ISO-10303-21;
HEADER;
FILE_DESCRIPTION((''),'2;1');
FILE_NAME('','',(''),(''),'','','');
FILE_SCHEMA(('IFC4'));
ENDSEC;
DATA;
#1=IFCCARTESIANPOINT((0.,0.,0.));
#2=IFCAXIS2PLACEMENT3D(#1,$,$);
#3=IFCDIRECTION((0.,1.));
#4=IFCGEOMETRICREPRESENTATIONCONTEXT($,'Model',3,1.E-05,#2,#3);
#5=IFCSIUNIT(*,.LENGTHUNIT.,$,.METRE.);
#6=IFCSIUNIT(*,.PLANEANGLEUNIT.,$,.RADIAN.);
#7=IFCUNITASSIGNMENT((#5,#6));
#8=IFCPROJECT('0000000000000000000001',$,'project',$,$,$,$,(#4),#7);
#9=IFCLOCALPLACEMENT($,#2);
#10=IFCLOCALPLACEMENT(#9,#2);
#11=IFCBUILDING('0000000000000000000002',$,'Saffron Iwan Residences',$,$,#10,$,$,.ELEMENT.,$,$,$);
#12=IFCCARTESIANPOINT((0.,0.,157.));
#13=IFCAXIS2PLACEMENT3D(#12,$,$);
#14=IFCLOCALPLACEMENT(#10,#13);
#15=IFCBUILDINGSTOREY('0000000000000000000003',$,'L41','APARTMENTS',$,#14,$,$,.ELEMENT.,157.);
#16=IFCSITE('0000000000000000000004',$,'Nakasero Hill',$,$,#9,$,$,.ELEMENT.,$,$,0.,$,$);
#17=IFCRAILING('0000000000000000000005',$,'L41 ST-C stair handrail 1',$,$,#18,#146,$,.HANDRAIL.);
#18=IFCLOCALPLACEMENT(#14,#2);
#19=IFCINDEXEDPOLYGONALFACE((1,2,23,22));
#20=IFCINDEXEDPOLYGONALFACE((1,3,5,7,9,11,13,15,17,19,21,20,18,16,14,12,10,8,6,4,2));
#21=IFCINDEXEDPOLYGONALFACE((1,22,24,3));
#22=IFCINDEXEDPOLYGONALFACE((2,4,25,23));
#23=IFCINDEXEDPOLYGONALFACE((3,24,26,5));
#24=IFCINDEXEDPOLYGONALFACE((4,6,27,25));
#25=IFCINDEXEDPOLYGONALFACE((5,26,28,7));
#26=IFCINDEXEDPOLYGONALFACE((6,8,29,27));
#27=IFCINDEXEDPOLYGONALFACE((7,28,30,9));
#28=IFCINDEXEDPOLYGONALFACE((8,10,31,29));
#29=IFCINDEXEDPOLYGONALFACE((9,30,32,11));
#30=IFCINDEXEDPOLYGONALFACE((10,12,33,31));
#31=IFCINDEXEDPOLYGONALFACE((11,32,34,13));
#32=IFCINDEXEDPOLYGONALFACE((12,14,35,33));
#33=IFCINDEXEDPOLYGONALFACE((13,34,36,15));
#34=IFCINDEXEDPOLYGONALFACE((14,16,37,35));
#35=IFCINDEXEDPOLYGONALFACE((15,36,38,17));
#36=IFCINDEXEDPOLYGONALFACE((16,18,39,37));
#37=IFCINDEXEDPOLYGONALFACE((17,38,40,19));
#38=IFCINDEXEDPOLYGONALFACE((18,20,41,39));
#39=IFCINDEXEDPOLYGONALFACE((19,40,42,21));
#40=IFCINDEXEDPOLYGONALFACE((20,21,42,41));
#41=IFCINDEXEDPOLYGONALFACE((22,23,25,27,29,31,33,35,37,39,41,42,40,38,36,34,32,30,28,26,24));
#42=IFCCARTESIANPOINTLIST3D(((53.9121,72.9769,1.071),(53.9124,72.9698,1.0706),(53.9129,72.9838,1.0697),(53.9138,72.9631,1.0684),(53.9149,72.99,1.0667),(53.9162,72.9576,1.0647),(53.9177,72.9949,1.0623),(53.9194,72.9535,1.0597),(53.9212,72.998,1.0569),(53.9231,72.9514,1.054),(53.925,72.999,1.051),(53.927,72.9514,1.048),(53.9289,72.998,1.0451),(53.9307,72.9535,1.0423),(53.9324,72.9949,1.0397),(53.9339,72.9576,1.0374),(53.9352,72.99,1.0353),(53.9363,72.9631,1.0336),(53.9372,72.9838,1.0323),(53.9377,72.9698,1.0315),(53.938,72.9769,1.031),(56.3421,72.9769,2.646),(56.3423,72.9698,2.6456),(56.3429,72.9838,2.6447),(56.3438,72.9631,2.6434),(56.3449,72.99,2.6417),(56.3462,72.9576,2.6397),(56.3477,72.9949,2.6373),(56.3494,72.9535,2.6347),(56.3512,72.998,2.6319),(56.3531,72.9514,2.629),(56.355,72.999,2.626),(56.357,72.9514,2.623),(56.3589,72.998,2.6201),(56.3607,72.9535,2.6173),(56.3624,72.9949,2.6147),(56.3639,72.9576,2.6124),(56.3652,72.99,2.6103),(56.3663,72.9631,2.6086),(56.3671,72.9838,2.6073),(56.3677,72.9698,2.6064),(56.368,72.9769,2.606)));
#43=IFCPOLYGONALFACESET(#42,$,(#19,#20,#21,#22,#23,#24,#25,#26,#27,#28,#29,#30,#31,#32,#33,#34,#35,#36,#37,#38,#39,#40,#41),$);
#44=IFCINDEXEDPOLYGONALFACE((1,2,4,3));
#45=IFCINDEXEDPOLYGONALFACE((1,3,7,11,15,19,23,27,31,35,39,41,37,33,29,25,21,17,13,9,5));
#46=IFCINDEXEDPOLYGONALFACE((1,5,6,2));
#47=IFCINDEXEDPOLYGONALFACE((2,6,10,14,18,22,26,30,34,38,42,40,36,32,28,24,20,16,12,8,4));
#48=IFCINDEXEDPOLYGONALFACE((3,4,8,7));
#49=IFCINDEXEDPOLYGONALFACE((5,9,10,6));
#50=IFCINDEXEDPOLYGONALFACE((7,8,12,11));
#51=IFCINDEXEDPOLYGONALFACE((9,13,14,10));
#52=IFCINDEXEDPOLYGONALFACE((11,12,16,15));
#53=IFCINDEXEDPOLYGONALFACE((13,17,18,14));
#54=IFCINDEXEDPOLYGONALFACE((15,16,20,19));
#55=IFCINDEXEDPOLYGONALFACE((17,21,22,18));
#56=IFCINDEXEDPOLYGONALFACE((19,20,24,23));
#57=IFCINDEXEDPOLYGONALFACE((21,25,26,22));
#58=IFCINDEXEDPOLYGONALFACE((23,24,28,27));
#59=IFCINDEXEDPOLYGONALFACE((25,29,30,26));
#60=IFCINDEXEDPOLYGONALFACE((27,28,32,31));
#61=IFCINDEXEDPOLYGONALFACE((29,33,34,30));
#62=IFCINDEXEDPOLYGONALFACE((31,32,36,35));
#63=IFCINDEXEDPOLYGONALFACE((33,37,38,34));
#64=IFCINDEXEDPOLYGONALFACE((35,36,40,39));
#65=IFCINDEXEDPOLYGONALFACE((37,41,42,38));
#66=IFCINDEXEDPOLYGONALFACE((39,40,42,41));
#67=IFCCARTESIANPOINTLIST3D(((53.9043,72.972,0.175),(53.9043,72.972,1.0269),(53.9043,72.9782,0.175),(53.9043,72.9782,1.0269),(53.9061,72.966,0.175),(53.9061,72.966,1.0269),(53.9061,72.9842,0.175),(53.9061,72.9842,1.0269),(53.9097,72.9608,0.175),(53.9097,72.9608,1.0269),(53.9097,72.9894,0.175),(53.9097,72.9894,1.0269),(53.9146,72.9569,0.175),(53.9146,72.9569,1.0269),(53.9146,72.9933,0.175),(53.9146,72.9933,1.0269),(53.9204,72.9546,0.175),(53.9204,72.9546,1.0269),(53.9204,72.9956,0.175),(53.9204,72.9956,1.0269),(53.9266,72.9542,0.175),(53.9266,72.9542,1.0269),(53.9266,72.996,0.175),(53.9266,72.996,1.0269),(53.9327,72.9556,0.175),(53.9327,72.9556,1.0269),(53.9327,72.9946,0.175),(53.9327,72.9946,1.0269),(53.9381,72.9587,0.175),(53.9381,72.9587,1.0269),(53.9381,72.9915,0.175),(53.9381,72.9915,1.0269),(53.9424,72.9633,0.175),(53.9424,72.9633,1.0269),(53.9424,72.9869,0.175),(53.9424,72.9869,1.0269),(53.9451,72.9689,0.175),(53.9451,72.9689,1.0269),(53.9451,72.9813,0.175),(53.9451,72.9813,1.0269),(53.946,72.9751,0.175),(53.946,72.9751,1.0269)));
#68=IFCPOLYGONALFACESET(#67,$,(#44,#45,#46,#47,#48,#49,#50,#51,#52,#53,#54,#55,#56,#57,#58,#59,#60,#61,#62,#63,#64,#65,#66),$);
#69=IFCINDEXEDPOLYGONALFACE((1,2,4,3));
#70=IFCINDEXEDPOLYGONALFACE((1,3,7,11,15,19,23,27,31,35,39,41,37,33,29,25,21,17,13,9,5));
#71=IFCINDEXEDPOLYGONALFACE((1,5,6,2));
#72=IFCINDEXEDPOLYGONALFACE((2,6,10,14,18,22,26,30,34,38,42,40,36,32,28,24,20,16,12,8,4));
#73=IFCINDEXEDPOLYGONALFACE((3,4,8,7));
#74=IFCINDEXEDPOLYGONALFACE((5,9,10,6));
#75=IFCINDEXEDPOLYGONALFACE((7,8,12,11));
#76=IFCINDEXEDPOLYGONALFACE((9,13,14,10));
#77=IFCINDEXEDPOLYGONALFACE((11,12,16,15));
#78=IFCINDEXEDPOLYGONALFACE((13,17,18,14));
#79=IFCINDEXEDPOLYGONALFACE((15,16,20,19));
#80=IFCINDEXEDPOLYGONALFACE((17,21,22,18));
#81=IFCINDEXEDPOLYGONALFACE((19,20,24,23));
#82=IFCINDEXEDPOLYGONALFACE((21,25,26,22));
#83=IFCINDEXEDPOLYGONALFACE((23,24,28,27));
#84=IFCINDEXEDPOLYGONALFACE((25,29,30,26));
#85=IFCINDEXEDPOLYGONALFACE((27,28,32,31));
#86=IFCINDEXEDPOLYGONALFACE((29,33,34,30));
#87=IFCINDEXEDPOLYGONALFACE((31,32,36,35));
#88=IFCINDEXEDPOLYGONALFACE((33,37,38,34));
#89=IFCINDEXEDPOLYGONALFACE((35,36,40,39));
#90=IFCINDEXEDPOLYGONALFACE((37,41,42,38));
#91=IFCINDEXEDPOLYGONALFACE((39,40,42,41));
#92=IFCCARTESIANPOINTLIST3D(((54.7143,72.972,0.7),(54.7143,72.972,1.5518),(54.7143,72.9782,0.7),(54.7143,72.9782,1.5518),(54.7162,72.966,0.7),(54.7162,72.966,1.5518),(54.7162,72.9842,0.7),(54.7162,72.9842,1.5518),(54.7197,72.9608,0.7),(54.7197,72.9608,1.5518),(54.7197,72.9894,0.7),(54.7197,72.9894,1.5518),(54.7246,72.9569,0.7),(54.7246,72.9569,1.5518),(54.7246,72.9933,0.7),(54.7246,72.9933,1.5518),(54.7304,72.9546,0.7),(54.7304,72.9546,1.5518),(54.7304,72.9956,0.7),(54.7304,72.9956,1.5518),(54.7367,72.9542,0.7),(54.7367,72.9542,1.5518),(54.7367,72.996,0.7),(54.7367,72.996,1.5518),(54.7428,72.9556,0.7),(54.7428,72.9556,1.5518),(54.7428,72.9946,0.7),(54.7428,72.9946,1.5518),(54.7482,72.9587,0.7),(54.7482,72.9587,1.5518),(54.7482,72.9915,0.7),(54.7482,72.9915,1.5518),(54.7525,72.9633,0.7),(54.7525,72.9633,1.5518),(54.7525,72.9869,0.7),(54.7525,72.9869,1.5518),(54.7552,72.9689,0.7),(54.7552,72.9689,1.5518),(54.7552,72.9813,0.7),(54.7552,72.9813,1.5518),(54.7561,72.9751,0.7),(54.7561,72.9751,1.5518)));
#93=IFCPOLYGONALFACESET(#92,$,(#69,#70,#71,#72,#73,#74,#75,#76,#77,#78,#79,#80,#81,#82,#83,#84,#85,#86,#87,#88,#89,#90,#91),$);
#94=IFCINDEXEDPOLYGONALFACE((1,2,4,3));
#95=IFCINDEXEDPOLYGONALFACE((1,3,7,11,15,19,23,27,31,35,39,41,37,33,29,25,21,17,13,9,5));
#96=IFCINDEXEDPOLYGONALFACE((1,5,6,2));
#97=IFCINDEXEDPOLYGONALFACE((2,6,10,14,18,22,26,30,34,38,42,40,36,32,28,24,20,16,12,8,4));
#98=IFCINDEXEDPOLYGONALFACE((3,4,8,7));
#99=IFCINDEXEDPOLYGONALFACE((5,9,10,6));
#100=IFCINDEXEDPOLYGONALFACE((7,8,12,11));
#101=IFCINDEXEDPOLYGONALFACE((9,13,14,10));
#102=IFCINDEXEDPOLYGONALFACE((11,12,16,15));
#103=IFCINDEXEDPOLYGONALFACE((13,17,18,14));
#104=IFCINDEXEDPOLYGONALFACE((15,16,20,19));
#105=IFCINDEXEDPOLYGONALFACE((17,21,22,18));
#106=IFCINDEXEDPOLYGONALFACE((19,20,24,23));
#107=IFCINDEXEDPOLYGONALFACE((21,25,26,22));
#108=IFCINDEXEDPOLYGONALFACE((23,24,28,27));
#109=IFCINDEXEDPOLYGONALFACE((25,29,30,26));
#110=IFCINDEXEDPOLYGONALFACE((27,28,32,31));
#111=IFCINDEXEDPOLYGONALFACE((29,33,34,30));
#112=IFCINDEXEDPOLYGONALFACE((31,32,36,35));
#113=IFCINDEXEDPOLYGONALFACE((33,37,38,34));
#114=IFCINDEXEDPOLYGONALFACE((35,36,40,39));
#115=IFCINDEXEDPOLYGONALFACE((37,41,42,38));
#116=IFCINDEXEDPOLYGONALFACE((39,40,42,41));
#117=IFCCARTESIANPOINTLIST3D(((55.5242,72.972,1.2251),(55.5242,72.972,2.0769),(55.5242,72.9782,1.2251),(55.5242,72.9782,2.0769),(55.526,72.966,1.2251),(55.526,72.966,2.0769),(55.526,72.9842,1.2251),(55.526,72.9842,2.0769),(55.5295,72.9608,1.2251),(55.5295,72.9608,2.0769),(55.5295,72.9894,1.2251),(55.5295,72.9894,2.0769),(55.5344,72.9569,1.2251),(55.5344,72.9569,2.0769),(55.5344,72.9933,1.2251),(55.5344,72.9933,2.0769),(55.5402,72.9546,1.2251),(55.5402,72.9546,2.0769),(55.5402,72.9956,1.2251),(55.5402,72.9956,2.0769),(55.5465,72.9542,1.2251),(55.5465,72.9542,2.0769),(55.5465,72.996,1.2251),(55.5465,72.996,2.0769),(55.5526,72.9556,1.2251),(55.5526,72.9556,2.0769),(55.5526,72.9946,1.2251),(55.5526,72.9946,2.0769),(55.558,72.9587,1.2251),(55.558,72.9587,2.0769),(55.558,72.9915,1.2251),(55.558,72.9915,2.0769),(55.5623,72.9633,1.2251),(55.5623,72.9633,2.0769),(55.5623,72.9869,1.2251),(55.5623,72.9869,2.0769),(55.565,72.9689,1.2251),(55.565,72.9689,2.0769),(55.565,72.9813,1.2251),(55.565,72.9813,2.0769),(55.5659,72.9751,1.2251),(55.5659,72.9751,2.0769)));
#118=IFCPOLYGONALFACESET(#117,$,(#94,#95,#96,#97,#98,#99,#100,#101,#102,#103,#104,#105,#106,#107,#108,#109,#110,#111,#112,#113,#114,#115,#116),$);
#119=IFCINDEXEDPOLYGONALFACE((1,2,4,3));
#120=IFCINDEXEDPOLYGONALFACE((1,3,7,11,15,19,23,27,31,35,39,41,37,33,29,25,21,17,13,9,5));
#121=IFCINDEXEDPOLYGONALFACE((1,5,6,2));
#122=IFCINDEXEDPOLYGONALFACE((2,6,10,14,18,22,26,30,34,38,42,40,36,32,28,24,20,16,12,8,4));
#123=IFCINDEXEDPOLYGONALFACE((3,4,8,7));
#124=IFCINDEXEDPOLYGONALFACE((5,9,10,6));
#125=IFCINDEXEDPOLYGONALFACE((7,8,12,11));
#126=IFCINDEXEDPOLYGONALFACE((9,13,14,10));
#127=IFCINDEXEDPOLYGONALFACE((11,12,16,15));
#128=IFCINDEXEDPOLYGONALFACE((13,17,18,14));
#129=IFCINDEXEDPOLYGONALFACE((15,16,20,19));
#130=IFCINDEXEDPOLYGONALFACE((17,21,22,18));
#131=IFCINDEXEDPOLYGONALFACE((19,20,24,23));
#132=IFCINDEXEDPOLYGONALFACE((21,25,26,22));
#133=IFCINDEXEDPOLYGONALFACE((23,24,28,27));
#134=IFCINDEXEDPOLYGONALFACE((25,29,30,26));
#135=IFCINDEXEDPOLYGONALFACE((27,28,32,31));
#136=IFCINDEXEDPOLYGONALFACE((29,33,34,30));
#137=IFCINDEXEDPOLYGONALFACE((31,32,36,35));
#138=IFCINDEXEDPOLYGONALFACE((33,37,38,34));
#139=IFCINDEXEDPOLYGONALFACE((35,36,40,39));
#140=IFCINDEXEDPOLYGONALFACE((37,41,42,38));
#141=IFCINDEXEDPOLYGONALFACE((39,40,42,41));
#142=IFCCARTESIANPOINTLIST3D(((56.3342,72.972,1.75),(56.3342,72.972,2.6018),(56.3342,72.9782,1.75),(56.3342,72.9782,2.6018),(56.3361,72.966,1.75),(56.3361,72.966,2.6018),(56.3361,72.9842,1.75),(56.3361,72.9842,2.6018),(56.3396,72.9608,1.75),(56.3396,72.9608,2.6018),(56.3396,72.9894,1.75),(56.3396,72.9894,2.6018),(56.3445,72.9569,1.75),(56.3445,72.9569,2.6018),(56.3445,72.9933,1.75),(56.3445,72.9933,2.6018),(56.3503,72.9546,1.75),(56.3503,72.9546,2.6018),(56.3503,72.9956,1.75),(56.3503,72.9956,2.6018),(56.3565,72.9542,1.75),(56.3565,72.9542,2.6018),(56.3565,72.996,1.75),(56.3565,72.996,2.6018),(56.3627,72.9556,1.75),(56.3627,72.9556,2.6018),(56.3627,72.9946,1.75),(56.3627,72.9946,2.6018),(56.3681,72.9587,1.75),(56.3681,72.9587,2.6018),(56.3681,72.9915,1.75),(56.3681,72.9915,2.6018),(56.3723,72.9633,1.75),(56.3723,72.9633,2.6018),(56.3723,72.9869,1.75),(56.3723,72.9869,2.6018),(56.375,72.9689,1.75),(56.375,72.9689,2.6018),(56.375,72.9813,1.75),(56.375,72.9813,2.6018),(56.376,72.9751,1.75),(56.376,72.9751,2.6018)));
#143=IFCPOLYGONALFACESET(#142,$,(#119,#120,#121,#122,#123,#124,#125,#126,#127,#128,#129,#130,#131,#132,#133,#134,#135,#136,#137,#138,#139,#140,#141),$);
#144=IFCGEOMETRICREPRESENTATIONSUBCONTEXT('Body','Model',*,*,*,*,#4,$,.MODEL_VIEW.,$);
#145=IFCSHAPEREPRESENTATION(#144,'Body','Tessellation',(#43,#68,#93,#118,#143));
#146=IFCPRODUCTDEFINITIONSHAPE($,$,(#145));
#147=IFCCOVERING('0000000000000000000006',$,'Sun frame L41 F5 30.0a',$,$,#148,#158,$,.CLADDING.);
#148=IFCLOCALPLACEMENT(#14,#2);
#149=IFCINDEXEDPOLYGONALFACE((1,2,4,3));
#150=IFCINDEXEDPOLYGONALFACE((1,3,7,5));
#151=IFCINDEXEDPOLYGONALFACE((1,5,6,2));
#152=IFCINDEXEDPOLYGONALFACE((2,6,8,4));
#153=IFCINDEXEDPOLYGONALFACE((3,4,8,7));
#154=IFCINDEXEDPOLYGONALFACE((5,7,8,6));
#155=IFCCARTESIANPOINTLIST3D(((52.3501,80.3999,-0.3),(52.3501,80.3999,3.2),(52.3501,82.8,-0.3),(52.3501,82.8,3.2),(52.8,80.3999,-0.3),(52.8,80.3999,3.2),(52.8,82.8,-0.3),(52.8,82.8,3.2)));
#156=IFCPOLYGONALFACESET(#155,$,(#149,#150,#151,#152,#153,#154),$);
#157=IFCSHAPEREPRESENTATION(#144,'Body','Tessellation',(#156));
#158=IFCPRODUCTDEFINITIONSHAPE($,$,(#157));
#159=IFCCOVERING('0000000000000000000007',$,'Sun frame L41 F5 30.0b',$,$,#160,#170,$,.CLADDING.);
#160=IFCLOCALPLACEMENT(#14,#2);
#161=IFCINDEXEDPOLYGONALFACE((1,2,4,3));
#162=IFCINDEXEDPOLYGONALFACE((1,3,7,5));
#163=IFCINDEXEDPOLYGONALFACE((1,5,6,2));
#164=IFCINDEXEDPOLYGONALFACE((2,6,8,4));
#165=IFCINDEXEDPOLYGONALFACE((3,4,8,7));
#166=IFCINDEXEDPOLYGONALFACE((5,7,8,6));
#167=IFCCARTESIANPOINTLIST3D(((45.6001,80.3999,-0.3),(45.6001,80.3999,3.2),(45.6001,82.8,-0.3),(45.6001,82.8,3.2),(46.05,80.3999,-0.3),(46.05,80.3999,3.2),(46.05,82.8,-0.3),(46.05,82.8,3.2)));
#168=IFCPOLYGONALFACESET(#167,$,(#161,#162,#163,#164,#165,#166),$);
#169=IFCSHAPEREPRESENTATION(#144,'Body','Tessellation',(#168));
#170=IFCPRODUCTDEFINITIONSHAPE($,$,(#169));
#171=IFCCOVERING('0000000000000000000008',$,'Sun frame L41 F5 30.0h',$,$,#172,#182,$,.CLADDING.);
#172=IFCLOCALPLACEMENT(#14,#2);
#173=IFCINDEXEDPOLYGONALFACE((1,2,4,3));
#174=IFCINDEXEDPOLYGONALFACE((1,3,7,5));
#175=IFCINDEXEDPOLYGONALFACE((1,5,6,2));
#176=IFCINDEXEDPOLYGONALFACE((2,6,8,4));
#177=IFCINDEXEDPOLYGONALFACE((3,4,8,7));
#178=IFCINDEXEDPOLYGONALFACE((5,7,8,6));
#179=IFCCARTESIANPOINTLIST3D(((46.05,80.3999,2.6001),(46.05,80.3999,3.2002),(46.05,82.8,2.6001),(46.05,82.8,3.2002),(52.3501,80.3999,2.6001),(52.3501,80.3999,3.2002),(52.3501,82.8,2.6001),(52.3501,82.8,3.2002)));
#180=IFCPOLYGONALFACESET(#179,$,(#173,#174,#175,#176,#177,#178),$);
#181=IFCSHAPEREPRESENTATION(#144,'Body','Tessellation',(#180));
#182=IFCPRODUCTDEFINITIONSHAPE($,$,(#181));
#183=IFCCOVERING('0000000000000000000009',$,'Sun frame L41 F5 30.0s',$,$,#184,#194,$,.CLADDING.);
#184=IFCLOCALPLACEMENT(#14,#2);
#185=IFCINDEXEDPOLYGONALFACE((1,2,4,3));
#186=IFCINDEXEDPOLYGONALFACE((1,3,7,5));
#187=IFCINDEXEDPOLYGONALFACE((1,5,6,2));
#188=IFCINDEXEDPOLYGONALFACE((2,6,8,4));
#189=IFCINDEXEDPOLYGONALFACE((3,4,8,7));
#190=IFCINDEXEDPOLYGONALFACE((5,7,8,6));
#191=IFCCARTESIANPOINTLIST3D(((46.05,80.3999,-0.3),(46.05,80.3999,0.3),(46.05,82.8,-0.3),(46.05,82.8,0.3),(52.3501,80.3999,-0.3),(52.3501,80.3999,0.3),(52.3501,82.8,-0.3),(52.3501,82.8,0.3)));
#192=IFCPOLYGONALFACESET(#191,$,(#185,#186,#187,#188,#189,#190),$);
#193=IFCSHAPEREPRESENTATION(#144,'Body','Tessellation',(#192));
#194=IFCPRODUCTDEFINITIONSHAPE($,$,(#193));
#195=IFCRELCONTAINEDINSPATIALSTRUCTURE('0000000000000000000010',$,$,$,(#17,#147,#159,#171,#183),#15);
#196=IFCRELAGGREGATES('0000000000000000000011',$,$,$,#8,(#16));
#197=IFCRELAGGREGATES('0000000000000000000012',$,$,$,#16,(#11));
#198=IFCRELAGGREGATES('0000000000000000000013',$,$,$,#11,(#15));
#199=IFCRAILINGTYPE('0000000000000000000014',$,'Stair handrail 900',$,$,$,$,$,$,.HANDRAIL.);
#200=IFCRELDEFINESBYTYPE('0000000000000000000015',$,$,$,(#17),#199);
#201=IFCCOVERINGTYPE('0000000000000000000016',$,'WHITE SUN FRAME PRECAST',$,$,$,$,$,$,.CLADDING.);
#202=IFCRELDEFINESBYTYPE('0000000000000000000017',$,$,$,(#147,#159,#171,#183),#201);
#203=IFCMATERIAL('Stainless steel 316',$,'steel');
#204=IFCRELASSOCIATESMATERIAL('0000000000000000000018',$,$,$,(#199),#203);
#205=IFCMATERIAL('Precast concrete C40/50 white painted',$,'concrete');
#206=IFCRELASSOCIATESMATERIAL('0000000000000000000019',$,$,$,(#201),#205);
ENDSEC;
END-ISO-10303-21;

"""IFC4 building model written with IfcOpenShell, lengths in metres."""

from ifc_helpers import new_model, si_unit, direction, frame, origin, origin_2d, place, context, subcontext, project, spatial, polyline, circle, outline, extrude, material, type_object, element, save


model = new_model("IFC4")

# Units and contexts
model_context = context("Model", 3, precision=1e-05, world=origin(), true_north=direction((0.0, 1.0)))
body_context = subcontext(model_context, "Body", "Model", "MODEL_VIEW")
ifc_project = project(units=[si_unit("LENGTHUNIT", "METRE"), si_unit("PLANEANGLEUNIT", "RADIAN")], contexts=[model_context])

# Site, building, storey
site_placement = place(None, origin())
site = spatial("IfcSite", under=ifc_project, at=site_placement, Name="Nakasero Hill", CompositionType="ELEMENT", RefElevation=0.0)
building_placement = place(site_placement, origin())
building = spatial("IfcBuilding", under=site, at=building_placement, Name="Saffron Iwan Residences", CompositionType="ELEMENT")
storey_placement = place(building_placement, frame((0.0, 0.0, 157.0)))
storey = spatial("IfcBuildingStorey", under=building, at=storey_placement, Name="L41", Description="APARTMENTS", CompositionType="ELEMENT", Elevation=157.0)

# Railing
ifc_material_1 = material(Name="Stainless steel 316", Category="steel")
railing_type_1 = type_object("IfcRailingType", Name="Stair handrail 900", PredefinedType="HANDRAIL", material=ifc_material_1)
railing_1_placement = place(storey_placement, frame((53.925, 72.9751, 0.175)))
element("IfcRailing", 1, at=railing_1_placement, inside=storey, type_object=railing_type_1, Name="L41 ST-C stair handrail 1", PredefinedType="HANDRAIL", context=body_context, shape_type="SweptSolid", body=[
    extrude(circle(Radius=0.0239, at=origin_2d()), frame((0.0, 0.0, 0.876), z_axis=(0.839154, 0.0, 0.543894), x_axis=(0.0, 1.0, 0.0)), (0.0, 0.0, 1.0), 2.8958),
    extrude(circle(Radius=0.021, at=origin_2d()), origin(), (0.0, 0.0, 1.0), 0.8518),
    extrude(circle(Radius=0.021, at=origin_2d()), frame((0.8101, 0.0, 0.5249)), (0.0, 0.0, 1.0), 0.8518),
    extrude(circle(Radius=0.021, at=origin_2d()), frame((1.6199, 0.0, 1.05)), (0.0, 0.0, 1.0), 0.8518),
    extrude(circle(Radius=0.021, at=origin_2d()), frame((2.4299, 0.0, 1.575)), (0.0, 0.0, 1.0), 0.8518),
])

# Coverings
ifc_material_2 = material(Name="Precast concrete C40/50 white painted", Category="concrete")
covering_type_1 = type_object("IfcCoveringType", Name="WHITE SUN FRAME PRECAST", PredefinedType="CLADDING", material=ifc_material_2)
for number, where, z_axis, x_axis, name in (
    (2, (52.8, 80.3999, -0.3), (0.0, 1.0, 0.0), (-1.0, 0.0, 0.0), "Sun frame L41 F5 30.0a"),
    (3, (46.05, 80.3999, -0.3), (0.0, 1.0, 0.0), (-1.0, 0.0, 0.0), "Sun frame L41 F5 30.0b"),
):
    element("IfcCovering", number, at=place(storey_placement, frame(where, z_axis=z_axis, x_axis=x_axis)), inside=storey, type_object=covering_type_1, Name=name, PredefinedType="CLADDING", context=body_context, shape_type="SweptSolid", body=[
        extrude(outline(polyline([(0.0, 0.0), (0.45, 0.0), (0.45, 3.5), (0.0, 3.5), (0.0, 0.0)])), origin(), (0.0, 0.0, 1.0), 2.4001),
    ])
for number, where, z_axis, x_axis, name in (
    (4, (52.3501, 80.3999, 2.6001), (0.0, 1.0, 0.0), (-1.0, 0.0, 0.0), "Sun frame L41 F5 30.0h"),
    (5, (52.3501, 80.3999, -0.3), (0.0, 1.0, 0.0), (-1.0, 0.0, 0.0), "Sun frame L41 F5 30.0s"),
):
    element("IfcCovering", number, at=place(storey_placement, frame(where, z_axis=z_axis, x_axis=x_axis)), inside=storey, type_object=covering_type_1, Name=name, PredefinedType="CLADDING", context=body_context, shape_type="SweptSolid", body=[
        extrude(outline(polyline([(0.0, 0.0), (6.3, 0.0), (6.3, 0.6001), (0.0, 0.6001), (0.0, 0.0)])), origin(), (0.0, 0.0, 1.0), 2.4001),
    ])

save(model, "model.ifc")
